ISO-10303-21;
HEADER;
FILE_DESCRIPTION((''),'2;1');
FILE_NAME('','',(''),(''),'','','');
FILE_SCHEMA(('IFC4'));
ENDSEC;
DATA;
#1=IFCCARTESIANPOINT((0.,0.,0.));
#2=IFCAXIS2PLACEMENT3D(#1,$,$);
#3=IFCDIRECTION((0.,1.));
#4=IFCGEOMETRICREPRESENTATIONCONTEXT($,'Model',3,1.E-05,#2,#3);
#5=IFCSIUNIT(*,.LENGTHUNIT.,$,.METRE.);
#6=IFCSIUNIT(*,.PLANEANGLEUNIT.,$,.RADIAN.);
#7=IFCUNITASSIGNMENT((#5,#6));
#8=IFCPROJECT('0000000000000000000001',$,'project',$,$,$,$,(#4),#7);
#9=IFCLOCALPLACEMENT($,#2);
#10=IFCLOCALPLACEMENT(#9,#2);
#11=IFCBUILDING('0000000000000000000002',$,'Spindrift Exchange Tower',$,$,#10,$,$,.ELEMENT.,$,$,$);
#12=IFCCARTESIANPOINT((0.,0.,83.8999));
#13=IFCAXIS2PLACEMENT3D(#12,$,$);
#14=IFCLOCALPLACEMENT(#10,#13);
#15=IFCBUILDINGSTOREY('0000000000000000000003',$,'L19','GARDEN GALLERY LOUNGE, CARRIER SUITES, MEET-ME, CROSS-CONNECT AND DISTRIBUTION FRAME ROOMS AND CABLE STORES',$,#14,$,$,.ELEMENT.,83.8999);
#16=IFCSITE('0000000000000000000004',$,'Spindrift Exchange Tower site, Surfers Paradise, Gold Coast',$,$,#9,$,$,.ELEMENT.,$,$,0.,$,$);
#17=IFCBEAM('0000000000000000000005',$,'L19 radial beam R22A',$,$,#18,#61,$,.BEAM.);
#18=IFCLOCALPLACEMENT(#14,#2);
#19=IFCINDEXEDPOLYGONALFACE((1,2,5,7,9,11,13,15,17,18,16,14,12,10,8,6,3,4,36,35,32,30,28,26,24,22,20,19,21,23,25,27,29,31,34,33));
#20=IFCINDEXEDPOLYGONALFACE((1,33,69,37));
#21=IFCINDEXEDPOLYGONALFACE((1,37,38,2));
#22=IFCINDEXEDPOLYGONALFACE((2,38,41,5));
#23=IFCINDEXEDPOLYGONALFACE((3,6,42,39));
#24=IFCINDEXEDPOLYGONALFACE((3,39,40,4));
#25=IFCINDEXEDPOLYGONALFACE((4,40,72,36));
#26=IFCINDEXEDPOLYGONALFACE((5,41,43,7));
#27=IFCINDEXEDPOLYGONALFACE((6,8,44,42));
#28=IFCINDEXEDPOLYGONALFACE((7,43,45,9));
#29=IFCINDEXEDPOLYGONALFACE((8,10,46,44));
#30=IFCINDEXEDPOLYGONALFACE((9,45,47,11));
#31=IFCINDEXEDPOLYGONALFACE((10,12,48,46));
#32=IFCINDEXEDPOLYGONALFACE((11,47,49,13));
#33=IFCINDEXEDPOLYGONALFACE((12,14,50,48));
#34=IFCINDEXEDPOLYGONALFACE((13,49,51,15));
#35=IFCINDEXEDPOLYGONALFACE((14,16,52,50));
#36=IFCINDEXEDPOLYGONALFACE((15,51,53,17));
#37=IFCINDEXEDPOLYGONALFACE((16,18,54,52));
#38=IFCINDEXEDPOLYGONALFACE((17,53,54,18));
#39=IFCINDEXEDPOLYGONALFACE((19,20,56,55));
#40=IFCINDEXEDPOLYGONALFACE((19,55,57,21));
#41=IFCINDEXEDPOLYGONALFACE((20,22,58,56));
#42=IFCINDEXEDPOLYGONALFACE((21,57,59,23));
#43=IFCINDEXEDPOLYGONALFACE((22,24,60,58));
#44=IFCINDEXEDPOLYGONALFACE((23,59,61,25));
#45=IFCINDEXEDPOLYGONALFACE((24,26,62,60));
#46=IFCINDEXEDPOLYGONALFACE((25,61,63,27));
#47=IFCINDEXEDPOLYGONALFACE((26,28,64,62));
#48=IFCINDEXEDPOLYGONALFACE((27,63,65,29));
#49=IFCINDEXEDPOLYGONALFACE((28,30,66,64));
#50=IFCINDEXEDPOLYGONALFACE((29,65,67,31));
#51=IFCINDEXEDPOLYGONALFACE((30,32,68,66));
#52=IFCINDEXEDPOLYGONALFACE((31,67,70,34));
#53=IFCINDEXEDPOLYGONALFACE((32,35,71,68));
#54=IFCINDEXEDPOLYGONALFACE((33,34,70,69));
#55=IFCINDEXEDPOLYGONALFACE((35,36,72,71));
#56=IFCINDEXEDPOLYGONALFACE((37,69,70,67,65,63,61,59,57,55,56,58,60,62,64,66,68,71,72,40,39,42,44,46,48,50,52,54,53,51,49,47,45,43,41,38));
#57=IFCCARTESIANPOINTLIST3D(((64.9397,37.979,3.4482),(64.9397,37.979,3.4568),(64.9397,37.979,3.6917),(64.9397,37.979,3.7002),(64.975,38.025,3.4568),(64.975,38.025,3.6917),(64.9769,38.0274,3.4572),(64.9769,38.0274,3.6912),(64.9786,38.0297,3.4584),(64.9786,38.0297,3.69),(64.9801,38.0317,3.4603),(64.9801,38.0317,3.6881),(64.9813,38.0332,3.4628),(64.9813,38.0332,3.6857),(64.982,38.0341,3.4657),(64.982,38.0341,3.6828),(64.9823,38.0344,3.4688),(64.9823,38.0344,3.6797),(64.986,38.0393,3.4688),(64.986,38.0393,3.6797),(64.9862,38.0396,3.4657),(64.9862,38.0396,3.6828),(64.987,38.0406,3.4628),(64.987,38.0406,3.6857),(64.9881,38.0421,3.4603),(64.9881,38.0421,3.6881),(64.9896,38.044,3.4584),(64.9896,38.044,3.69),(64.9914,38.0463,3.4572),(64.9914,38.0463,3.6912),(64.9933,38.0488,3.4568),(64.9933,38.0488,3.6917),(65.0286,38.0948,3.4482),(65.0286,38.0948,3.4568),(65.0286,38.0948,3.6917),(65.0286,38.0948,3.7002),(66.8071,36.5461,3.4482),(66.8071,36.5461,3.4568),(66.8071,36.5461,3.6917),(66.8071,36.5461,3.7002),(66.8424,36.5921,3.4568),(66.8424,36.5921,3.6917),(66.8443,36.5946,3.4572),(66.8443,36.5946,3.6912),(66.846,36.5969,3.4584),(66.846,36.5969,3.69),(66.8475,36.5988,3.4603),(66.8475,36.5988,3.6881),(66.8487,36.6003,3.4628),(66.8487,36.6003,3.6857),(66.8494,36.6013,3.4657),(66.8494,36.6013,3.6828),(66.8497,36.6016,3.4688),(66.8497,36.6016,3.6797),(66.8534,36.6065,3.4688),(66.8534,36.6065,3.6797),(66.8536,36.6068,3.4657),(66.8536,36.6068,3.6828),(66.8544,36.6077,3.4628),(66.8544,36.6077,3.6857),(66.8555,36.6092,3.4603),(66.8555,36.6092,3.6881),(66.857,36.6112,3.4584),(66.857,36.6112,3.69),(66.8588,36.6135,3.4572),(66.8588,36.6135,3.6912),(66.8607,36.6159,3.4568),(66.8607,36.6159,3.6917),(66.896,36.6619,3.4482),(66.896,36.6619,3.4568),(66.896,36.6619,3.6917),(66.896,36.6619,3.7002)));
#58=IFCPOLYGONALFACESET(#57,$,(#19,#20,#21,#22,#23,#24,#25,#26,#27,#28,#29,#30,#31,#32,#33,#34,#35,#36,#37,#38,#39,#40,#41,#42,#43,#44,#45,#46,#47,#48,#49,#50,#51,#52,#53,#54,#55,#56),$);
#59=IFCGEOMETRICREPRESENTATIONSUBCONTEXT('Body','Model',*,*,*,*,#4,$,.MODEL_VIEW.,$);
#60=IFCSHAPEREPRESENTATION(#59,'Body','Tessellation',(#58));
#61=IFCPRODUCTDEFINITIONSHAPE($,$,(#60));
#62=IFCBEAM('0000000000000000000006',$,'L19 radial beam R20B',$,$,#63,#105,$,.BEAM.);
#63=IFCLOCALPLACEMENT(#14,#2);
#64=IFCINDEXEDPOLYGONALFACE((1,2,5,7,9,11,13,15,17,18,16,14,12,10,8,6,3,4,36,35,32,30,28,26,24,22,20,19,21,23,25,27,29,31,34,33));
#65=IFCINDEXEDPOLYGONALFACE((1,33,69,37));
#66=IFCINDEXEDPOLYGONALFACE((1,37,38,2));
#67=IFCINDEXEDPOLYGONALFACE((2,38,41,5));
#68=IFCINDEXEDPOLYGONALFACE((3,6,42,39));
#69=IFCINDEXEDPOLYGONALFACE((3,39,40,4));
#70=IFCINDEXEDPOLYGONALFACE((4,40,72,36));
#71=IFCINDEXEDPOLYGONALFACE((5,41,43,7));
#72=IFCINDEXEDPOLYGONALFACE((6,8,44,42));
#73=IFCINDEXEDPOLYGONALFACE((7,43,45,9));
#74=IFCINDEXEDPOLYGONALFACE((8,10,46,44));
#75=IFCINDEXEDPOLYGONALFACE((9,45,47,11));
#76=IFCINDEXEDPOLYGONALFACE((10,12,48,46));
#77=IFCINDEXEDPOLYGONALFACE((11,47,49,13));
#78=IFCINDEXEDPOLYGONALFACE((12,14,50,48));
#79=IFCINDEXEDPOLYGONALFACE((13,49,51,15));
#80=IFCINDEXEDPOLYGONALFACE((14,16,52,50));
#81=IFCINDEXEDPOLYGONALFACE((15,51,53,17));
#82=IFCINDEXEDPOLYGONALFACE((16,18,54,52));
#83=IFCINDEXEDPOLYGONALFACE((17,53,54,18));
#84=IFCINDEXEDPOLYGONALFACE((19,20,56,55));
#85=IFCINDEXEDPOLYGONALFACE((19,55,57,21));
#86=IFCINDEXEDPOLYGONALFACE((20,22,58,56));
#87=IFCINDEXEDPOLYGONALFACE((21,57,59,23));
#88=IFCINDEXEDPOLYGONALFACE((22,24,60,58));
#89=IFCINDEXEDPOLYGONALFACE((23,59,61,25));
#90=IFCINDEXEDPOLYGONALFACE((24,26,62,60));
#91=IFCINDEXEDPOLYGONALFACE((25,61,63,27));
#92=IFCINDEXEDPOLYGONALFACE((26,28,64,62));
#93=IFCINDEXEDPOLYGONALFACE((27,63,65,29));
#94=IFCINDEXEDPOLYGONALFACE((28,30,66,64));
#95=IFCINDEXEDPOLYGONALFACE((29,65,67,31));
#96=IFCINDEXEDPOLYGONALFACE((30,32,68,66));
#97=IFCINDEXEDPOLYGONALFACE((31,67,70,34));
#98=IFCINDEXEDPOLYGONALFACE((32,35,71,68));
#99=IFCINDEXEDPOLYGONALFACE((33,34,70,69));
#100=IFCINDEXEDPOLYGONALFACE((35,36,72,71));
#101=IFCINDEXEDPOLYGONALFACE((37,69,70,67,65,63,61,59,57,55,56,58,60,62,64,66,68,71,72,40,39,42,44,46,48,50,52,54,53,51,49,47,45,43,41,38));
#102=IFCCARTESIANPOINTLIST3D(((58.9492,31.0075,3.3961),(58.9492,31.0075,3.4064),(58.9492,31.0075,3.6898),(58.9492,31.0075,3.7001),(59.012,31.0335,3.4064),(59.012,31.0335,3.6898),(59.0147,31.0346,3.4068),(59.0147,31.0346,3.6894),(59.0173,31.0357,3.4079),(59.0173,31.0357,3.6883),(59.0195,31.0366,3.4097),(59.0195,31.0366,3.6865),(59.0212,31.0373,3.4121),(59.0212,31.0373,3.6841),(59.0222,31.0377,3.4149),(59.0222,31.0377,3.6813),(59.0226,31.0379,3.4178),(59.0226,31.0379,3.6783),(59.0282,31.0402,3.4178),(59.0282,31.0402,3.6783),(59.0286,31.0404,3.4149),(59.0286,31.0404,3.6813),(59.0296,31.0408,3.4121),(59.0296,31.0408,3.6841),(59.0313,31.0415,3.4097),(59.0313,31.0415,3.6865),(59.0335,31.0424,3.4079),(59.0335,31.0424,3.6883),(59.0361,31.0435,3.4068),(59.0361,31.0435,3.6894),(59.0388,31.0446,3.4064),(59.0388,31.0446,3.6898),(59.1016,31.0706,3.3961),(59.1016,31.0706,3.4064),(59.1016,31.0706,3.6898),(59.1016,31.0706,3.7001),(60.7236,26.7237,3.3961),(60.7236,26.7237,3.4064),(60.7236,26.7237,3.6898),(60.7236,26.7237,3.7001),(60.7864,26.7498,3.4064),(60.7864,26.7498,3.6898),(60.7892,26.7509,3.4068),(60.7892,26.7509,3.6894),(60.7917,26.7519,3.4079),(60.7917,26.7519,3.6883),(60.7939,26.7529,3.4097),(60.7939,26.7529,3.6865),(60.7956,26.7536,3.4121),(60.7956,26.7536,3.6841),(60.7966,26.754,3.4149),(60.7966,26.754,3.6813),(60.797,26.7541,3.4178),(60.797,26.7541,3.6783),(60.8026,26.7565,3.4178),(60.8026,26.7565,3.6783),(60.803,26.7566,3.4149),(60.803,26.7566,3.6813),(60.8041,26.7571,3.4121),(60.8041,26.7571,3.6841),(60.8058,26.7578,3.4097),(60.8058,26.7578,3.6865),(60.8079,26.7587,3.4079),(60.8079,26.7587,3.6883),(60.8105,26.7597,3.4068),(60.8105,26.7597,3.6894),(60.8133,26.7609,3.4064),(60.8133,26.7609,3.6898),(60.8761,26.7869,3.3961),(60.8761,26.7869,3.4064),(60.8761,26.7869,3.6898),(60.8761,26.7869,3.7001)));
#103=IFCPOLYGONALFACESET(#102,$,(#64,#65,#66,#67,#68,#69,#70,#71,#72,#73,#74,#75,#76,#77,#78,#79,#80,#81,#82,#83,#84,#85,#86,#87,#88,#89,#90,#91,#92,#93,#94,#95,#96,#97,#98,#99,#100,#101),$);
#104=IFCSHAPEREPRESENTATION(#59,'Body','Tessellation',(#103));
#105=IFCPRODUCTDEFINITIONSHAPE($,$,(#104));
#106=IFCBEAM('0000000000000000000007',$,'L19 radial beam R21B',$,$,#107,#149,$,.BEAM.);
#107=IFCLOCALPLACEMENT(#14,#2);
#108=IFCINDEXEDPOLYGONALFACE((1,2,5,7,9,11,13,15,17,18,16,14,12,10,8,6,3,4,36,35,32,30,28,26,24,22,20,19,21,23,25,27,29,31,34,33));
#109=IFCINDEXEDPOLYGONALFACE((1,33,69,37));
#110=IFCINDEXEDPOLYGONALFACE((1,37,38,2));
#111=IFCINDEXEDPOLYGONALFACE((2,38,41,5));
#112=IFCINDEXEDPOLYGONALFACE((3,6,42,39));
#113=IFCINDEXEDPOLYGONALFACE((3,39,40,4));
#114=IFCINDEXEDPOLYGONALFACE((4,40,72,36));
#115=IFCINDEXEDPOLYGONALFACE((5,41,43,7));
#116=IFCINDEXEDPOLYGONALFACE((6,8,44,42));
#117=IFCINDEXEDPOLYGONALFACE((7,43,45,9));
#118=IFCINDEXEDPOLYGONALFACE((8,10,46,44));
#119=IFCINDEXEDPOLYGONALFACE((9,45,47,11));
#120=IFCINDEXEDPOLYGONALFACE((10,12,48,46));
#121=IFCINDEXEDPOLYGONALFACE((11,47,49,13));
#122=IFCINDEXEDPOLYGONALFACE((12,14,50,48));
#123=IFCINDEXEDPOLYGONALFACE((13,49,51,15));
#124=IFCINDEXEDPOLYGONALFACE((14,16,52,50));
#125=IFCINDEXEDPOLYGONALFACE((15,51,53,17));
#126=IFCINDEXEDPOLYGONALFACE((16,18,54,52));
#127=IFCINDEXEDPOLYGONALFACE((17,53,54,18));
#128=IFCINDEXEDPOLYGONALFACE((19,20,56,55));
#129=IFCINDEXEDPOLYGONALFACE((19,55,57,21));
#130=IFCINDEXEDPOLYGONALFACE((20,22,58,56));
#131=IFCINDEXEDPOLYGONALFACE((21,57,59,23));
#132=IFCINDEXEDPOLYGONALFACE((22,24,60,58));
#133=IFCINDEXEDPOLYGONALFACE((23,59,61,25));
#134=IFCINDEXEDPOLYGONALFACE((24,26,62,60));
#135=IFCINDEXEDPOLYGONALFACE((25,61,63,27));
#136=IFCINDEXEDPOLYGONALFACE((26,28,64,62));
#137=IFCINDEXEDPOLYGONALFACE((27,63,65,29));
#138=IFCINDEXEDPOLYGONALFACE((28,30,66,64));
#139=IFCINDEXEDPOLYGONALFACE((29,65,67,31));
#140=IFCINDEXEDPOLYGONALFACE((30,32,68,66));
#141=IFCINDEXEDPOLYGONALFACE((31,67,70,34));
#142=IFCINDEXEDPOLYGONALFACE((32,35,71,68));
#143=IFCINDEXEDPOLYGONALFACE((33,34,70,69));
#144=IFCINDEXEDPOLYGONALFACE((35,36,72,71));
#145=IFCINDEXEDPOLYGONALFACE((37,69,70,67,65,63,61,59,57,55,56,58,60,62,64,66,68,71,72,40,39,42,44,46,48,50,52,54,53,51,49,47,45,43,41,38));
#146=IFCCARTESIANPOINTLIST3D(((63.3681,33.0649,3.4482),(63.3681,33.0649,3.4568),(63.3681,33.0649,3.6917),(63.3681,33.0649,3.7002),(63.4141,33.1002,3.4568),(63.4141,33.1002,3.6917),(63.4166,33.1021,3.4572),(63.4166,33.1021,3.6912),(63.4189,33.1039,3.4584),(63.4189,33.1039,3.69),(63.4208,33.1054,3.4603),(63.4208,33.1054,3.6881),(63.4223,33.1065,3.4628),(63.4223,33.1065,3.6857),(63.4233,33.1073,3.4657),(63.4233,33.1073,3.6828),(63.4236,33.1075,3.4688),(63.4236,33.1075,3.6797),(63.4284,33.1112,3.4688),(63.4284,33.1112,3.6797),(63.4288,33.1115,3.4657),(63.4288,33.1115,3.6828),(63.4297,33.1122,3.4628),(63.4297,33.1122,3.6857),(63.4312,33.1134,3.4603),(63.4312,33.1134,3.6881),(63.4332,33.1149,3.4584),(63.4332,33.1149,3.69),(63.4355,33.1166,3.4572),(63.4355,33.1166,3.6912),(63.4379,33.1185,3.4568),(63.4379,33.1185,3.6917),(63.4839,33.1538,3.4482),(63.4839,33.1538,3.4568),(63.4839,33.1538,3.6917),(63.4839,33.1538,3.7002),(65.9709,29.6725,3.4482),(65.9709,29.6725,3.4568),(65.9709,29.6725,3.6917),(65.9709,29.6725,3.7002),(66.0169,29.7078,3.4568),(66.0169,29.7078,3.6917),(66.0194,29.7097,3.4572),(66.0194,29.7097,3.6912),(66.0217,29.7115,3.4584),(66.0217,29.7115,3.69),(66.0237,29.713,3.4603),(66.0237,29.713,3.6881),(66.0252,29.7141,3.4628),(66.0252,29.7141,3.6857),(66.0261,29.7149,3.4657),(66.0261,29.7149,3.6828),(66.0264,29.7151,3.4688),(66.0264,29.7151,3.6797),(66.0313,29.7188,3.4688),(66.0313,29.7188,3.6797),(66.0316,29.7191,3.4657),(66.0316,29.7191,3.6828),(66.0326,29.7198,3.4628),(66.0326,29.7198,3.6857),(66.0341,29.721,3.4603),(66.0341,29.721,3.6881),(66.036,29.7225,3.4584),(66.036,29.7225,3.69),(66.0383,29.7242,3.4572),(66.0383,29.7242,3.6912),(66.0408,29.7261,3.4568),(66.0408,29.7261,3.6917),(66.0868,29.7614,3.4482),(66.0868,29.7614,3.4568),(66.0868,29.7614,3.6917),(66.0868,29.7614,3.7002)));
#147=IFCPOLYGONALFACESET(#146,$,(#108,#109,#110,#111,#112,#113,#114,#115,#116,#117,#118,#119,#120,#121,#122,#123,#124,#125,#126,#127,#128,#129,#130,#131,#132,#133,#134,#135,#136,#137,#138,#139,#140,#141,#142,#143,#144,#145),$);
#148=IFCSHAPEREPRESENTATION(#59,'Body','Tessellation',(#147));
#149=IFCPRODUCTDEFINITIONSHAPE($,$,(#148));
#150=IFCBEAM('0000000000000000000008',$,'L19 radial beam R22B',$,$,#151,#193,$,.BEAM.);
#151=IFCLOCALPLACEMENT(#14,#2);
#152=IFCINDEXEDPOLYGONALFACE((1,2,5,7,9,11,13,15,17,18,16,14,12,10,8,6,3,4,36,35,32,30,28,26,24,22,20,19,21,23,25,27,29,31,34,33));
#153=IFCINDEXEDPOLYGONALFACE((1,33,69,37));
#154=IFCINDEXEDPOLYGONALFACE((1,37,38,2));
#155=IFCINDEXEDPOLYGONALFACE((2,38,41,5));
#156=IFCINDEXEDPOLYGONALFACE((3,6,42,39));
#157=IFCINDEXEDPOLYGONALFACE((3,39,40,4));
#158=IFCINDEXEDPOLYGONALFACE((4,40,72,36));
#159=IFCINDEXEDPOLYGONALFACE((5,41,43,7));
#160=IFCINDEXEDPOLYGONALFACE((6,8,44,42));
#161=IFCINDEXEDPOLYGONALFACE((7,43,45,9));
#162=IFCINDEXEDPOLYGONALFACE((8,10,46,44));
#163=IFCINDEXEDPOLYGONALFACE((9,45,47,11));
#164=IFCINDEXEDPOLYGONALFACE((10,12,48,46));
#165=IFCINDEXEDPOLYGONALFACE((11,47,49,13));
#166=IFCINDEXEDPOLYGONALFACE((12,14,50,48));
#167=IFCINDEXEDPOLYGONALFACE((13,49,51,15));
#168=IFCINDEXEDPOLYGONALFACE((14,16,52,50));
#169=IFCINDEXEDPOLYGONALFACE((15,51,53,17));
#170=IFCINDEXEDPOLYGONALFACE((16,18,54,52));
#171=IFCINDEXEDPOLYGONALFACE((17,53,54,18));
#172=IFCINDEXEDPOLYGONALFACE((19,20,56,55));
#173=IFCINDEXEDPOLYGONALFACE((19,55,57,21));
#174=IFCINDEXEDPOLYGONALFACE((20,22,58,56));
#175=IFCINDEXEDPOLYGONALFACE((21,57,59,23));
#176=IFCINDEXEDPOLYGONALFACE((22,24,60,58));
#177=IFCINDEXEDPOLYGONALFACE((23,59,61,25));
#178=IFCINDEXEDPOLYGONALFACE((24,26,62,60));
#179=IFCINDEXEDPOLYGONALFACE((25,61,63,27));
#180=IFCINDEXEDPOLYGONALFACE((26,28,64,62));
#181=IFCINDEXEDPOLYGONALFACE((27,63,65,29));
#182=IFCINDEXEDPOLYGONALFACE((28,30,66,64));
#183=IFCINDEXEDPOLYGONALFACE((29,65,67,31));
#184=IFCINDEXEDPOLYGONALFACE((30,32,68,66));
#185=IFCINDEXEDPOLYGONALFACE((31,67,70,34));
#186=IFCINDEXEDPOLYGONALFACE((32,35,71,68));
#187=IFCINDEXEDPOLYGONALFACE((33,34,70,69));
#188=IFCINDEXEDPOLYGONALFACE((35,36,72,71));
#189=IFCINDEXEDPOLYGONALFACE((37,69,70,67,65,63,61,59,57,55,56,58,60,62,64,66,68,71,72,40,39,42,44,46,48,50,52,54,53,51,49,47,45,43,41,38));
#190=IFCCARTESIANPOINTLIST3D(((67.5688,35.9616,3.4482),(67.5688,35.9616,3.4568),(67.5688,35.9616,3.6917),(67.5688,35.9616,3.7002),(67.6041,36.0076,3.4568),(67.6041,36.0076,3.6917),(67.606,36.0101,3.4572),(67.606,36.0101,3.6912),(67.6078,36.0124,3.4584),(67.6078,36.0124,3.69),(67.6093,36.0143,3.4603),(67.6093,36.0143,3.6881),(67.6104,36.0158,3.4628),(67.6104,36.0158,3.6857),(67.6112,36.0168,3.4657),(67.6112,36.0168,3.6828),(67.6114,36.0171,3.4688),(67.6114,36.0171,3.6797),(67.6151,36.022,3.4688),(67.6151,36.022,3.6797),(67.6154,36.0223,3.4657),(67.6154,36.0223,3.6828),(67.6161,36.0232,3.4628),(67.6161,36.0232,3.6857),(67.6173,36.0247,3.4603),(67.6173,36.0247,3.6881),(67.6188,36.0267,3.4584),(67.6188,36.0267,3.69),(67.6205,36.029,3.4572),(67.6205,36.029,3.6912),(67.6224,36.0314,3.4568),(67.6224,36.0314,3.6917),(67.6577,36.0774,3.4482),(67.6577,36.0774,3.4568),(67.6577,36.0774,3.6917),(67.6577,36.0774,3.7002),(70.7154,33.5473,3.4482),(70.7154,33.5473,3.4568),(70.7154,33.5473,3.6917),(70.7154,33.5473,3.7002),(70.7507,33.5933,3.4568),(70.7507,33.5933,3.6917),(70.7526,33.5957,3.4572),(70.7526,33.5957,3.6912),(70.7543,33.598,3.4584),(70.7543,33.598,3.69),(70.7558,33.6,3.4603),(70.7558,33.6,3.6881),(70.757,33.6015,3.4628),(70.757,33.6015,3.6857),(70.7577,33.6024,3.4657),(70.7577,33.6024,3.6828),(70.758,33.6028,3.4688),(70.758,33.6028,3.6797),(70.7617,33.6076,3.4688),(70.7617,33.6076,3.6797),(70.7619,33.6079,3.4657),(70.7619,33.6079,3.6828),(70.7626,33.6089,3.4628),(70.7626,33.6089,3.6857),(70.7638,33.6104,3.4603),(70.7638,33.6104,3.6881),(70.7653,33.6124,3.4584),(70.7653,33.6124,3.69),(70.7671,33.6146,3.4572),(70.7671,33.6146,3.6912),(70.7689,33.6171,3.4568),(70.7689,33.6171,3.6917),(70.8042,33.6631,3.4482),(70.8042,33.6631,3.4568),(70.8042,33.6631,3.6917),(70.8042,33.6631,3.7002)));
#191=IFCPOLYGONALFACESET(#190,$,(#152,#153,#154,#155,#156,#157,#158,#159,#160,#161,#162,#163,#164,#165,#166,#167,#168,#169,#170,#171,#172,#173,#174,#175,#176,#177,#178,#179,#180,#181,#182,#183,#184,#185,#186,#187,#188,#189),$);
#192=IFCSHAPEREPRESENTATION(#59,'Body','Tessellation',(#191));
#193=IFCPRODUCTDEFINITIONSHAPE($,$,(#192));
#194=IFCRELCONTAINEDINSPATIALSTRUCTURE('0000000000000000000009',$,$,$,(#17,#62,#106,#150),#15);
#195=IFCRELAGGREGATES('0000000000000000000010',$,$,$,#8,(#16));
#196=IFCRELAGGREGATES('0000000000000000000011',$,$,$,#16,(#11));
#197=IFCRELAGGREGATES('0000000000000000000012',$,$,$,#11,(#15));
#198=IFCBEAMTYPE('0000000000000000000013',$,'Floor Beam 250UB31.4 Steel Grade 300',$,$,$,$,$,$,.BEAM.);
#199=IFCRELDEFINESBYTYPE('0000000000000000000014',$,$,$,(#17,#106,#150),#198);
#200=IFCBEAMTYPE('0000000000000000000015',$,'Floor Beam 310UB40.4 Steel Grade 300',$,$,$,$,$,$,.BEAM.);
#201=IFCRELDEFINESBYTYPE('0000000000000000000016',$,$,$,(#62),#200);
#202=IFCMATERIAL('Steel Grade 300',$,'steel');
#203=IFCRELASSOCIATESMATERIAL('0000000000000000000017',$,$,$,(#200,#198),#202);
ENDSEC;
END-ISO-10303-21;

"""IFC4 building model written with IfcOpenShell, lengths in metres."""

from ifc_helpers import new_model, si_unit, direction, frame, origin, origin_2d, place, context, subcontext, project, spatial, i_section, extrude, source, transform, mapped, material, material_profile, profile_set, type_object, element, save


model = new_model("IFC4")

# Units and contexts
model_context = context("Model", 3, precision=1e-05, world=origin(), true_north=direction((0.0, 1.0)))
body_context = subcontext(model_context, "Body", "Model", "MODEL_VIEW")
ifc_project = project(units=[si_unit("LENGTHUNIT", "METRE"), si_unit("PLANEANGLEUNIT", "RADIAN")], contexts=[model_context])

# Site, building, storey
site_placement = place(None, origin())
site = spatial("IfcSite", under=ifc_project, at=site_placement, Name="Spindrift Exchange Tower site, Surfers Paradise, Gold Coast", CompositionType="ELEMENT", RefElevation=0.0)
building_placement = place(site_placement, origin())
building = spatial("IfcBuilding", under=site, at=building_placement, Name="Spindrift Exchange Tower", CompositionType="ELEMENT")
storey_placement = place(building_placement, frame((0.0, 0.0, 83.8999)))
storey = spatial("IfcBuildingStorey", under=building, at=storey_placement, Name="L19", Description="GARDEN GALLERY LOUNGE, CARRIER SUITES, MEET-ME, CROSS-CONNECT AND DISTRIBUTION FRAME ROOMS AND CABLE STORES", CompositionType="ELEMENT", Elevation=83.8999)

# Beams
ifc_material_1 = material(Name="Steel Grade 300", Category="steel")
ifc_material_profile_1 = material_profile(ifc_material_1, i_section(OverallWidth=0.165, OverallDepth=0.304, WebThickness=0.0061, FlangeThickness=0.0103, FilletRadius=0.0115, at=origin_2d()), Name="310UB40.4")
ifc_profile_set_1 = profile_set([ifc_material_profile_1], Name="Steel Grade 300")
beam_type_1 = type_object("IfcBeamType", Name="Floor Beam 310UB40.4 Steel Grade 300", PredefinedType="BEAM", material=ifc_profile_set_1)
ifc_material_profile_2 = material_profile(ifc_material_1, i_section(OverallWidth=0.146, OverallDepth=0.252, WebThickness=0.0061, FlangeThickness=0.0085, FilletRadius=0.012, at=origin_2d()), Name="250UB31.4")
ifc_profile_set_2 = profile_set([ifc_material_profile_2], Name="Steel Grade 300")
beam_type_2 = type_object("IfcBeamType", Name="Floor Beam 250UB31.4 Steel Grade 300", PredefinedType="BEAM", material=ifc_profile_set_2)
shared_shape_1 = source(origin(), body_context, "Body", "SweptSolid", [
    extrude(i_section(OverallWidth=0.146, OverallDepth=0.252, WebThickness=0.0061, FlangeThickness=0.0085, FilletRadius=0.012, at=origin_2d()), origin(), (0.0, 0.0, 1.0), 2.3538),
])
beam_1_placement = place(storey_placement, frame((64.9841, 38.0369, 3.5742), z_axis=(0.793368, -0.608743, 0.0), x_axis=(0.608743, 0.793368, 0.0)))
element("IfcBeam", 1, at=beam_1_placement, inside=storey, type_object=beam_type_2, Name="L19 radial beam R22A", PredefinedType="BEAM", context=body_context, shape_type="MappedRepresentation", body=[
    mapped(shared_shape_1, transform((0.0, 0.0, 0.0), scale=1.0)),
])
shared_shape_2 = source(origin(), body_context, "Body", "SweptSolid", [
    extrude(i_section(OverallWidth=0.165, OverallDepth=0.304, WebThickness=0.0061, FlangeThickness=0.0103, FilletRadius=0.0115, at=origin_2d()), origin(), (0.0, 0.0, 1.0), 4.6367),
])
beam_2_placement = place(storey_placement, frame((59.0254, 31.0391, 3.5481), z_axis=(0.382693, -0.923876, 0.0), x_axis=(0.923876, 0.382693, 0.0)))
element("IfcBeam", 2, at=beam_2_placement, inside=storey, type_object=beam_type_1, Name="L19 radial beam R20B", PredefinedType="BEAM", context=body_context, shape_type="MappedRepresentation", body=[
    mapped(shared_shape_2, transform((0.0, 0.0, 0.0), scale=1.0)),
])
shared_shape_3 = source(origin(), body_context, "Body", "SweptSolid", [
    extrude(i_section(OverallWidth=0.146, OverallDepth=0.252, WebThickness=0.0061, FlangeThickness=0.0085, FilletRadius=0.012, at=origin_2d()), origin(), (0.0, 0.0, 1.0), 4.2759),
])
beam_3_placement = place(storey_placement, frame((63.426, 33.1094, 3.5742), z_axis=(0.608725, -0.793381, 0.0), x_axis=(0.793381, 0.608725, 0.0)))
element("IfcBeam", 3, at=beam_3_placement, inside=storey, type_object=beam_type_2, Name="L19 radial beam R21B", PredefinedType="BEAM", context=body_context, shape_type="MappedRepresentation", body=[
    mapped(shared_shape_3, transform((0.0, 0.0, 0.0), scale=1.0)),
])
shared_shape_4 = source(origin(), body_context, "Body", "SweptSolid", [
    extrude(i_section(OverallWidth=0.146, OverallDepth=0.252, WebThickness=0.0061, FlangeThickness=0.0085, FilletRadius=0.012, at=origin_2d()), origin(), (0.0, 0.0, 1.0), 3.9661),
])
beam_4_placement = place(storey_placement, frame((67.6133, 36.0195, 3.5742), z_axis=(0.793363, -0.608749, 0.0), x_axis=(0.608749, 0.793363, 0.0)))
element("IfcBeam", 4, at=beam_4_placement, inside=storey, type_object=beam_type_2, Name="L19 radial beam R22B", PredefinedType="BEAM", context=body_context, shape_type="MappedRepresentation", body=[
    mapped(shared_shape_4, transform((0.0, 0.0, 0.0), scale=1.0)),
])

save(model, "model.ifc")
